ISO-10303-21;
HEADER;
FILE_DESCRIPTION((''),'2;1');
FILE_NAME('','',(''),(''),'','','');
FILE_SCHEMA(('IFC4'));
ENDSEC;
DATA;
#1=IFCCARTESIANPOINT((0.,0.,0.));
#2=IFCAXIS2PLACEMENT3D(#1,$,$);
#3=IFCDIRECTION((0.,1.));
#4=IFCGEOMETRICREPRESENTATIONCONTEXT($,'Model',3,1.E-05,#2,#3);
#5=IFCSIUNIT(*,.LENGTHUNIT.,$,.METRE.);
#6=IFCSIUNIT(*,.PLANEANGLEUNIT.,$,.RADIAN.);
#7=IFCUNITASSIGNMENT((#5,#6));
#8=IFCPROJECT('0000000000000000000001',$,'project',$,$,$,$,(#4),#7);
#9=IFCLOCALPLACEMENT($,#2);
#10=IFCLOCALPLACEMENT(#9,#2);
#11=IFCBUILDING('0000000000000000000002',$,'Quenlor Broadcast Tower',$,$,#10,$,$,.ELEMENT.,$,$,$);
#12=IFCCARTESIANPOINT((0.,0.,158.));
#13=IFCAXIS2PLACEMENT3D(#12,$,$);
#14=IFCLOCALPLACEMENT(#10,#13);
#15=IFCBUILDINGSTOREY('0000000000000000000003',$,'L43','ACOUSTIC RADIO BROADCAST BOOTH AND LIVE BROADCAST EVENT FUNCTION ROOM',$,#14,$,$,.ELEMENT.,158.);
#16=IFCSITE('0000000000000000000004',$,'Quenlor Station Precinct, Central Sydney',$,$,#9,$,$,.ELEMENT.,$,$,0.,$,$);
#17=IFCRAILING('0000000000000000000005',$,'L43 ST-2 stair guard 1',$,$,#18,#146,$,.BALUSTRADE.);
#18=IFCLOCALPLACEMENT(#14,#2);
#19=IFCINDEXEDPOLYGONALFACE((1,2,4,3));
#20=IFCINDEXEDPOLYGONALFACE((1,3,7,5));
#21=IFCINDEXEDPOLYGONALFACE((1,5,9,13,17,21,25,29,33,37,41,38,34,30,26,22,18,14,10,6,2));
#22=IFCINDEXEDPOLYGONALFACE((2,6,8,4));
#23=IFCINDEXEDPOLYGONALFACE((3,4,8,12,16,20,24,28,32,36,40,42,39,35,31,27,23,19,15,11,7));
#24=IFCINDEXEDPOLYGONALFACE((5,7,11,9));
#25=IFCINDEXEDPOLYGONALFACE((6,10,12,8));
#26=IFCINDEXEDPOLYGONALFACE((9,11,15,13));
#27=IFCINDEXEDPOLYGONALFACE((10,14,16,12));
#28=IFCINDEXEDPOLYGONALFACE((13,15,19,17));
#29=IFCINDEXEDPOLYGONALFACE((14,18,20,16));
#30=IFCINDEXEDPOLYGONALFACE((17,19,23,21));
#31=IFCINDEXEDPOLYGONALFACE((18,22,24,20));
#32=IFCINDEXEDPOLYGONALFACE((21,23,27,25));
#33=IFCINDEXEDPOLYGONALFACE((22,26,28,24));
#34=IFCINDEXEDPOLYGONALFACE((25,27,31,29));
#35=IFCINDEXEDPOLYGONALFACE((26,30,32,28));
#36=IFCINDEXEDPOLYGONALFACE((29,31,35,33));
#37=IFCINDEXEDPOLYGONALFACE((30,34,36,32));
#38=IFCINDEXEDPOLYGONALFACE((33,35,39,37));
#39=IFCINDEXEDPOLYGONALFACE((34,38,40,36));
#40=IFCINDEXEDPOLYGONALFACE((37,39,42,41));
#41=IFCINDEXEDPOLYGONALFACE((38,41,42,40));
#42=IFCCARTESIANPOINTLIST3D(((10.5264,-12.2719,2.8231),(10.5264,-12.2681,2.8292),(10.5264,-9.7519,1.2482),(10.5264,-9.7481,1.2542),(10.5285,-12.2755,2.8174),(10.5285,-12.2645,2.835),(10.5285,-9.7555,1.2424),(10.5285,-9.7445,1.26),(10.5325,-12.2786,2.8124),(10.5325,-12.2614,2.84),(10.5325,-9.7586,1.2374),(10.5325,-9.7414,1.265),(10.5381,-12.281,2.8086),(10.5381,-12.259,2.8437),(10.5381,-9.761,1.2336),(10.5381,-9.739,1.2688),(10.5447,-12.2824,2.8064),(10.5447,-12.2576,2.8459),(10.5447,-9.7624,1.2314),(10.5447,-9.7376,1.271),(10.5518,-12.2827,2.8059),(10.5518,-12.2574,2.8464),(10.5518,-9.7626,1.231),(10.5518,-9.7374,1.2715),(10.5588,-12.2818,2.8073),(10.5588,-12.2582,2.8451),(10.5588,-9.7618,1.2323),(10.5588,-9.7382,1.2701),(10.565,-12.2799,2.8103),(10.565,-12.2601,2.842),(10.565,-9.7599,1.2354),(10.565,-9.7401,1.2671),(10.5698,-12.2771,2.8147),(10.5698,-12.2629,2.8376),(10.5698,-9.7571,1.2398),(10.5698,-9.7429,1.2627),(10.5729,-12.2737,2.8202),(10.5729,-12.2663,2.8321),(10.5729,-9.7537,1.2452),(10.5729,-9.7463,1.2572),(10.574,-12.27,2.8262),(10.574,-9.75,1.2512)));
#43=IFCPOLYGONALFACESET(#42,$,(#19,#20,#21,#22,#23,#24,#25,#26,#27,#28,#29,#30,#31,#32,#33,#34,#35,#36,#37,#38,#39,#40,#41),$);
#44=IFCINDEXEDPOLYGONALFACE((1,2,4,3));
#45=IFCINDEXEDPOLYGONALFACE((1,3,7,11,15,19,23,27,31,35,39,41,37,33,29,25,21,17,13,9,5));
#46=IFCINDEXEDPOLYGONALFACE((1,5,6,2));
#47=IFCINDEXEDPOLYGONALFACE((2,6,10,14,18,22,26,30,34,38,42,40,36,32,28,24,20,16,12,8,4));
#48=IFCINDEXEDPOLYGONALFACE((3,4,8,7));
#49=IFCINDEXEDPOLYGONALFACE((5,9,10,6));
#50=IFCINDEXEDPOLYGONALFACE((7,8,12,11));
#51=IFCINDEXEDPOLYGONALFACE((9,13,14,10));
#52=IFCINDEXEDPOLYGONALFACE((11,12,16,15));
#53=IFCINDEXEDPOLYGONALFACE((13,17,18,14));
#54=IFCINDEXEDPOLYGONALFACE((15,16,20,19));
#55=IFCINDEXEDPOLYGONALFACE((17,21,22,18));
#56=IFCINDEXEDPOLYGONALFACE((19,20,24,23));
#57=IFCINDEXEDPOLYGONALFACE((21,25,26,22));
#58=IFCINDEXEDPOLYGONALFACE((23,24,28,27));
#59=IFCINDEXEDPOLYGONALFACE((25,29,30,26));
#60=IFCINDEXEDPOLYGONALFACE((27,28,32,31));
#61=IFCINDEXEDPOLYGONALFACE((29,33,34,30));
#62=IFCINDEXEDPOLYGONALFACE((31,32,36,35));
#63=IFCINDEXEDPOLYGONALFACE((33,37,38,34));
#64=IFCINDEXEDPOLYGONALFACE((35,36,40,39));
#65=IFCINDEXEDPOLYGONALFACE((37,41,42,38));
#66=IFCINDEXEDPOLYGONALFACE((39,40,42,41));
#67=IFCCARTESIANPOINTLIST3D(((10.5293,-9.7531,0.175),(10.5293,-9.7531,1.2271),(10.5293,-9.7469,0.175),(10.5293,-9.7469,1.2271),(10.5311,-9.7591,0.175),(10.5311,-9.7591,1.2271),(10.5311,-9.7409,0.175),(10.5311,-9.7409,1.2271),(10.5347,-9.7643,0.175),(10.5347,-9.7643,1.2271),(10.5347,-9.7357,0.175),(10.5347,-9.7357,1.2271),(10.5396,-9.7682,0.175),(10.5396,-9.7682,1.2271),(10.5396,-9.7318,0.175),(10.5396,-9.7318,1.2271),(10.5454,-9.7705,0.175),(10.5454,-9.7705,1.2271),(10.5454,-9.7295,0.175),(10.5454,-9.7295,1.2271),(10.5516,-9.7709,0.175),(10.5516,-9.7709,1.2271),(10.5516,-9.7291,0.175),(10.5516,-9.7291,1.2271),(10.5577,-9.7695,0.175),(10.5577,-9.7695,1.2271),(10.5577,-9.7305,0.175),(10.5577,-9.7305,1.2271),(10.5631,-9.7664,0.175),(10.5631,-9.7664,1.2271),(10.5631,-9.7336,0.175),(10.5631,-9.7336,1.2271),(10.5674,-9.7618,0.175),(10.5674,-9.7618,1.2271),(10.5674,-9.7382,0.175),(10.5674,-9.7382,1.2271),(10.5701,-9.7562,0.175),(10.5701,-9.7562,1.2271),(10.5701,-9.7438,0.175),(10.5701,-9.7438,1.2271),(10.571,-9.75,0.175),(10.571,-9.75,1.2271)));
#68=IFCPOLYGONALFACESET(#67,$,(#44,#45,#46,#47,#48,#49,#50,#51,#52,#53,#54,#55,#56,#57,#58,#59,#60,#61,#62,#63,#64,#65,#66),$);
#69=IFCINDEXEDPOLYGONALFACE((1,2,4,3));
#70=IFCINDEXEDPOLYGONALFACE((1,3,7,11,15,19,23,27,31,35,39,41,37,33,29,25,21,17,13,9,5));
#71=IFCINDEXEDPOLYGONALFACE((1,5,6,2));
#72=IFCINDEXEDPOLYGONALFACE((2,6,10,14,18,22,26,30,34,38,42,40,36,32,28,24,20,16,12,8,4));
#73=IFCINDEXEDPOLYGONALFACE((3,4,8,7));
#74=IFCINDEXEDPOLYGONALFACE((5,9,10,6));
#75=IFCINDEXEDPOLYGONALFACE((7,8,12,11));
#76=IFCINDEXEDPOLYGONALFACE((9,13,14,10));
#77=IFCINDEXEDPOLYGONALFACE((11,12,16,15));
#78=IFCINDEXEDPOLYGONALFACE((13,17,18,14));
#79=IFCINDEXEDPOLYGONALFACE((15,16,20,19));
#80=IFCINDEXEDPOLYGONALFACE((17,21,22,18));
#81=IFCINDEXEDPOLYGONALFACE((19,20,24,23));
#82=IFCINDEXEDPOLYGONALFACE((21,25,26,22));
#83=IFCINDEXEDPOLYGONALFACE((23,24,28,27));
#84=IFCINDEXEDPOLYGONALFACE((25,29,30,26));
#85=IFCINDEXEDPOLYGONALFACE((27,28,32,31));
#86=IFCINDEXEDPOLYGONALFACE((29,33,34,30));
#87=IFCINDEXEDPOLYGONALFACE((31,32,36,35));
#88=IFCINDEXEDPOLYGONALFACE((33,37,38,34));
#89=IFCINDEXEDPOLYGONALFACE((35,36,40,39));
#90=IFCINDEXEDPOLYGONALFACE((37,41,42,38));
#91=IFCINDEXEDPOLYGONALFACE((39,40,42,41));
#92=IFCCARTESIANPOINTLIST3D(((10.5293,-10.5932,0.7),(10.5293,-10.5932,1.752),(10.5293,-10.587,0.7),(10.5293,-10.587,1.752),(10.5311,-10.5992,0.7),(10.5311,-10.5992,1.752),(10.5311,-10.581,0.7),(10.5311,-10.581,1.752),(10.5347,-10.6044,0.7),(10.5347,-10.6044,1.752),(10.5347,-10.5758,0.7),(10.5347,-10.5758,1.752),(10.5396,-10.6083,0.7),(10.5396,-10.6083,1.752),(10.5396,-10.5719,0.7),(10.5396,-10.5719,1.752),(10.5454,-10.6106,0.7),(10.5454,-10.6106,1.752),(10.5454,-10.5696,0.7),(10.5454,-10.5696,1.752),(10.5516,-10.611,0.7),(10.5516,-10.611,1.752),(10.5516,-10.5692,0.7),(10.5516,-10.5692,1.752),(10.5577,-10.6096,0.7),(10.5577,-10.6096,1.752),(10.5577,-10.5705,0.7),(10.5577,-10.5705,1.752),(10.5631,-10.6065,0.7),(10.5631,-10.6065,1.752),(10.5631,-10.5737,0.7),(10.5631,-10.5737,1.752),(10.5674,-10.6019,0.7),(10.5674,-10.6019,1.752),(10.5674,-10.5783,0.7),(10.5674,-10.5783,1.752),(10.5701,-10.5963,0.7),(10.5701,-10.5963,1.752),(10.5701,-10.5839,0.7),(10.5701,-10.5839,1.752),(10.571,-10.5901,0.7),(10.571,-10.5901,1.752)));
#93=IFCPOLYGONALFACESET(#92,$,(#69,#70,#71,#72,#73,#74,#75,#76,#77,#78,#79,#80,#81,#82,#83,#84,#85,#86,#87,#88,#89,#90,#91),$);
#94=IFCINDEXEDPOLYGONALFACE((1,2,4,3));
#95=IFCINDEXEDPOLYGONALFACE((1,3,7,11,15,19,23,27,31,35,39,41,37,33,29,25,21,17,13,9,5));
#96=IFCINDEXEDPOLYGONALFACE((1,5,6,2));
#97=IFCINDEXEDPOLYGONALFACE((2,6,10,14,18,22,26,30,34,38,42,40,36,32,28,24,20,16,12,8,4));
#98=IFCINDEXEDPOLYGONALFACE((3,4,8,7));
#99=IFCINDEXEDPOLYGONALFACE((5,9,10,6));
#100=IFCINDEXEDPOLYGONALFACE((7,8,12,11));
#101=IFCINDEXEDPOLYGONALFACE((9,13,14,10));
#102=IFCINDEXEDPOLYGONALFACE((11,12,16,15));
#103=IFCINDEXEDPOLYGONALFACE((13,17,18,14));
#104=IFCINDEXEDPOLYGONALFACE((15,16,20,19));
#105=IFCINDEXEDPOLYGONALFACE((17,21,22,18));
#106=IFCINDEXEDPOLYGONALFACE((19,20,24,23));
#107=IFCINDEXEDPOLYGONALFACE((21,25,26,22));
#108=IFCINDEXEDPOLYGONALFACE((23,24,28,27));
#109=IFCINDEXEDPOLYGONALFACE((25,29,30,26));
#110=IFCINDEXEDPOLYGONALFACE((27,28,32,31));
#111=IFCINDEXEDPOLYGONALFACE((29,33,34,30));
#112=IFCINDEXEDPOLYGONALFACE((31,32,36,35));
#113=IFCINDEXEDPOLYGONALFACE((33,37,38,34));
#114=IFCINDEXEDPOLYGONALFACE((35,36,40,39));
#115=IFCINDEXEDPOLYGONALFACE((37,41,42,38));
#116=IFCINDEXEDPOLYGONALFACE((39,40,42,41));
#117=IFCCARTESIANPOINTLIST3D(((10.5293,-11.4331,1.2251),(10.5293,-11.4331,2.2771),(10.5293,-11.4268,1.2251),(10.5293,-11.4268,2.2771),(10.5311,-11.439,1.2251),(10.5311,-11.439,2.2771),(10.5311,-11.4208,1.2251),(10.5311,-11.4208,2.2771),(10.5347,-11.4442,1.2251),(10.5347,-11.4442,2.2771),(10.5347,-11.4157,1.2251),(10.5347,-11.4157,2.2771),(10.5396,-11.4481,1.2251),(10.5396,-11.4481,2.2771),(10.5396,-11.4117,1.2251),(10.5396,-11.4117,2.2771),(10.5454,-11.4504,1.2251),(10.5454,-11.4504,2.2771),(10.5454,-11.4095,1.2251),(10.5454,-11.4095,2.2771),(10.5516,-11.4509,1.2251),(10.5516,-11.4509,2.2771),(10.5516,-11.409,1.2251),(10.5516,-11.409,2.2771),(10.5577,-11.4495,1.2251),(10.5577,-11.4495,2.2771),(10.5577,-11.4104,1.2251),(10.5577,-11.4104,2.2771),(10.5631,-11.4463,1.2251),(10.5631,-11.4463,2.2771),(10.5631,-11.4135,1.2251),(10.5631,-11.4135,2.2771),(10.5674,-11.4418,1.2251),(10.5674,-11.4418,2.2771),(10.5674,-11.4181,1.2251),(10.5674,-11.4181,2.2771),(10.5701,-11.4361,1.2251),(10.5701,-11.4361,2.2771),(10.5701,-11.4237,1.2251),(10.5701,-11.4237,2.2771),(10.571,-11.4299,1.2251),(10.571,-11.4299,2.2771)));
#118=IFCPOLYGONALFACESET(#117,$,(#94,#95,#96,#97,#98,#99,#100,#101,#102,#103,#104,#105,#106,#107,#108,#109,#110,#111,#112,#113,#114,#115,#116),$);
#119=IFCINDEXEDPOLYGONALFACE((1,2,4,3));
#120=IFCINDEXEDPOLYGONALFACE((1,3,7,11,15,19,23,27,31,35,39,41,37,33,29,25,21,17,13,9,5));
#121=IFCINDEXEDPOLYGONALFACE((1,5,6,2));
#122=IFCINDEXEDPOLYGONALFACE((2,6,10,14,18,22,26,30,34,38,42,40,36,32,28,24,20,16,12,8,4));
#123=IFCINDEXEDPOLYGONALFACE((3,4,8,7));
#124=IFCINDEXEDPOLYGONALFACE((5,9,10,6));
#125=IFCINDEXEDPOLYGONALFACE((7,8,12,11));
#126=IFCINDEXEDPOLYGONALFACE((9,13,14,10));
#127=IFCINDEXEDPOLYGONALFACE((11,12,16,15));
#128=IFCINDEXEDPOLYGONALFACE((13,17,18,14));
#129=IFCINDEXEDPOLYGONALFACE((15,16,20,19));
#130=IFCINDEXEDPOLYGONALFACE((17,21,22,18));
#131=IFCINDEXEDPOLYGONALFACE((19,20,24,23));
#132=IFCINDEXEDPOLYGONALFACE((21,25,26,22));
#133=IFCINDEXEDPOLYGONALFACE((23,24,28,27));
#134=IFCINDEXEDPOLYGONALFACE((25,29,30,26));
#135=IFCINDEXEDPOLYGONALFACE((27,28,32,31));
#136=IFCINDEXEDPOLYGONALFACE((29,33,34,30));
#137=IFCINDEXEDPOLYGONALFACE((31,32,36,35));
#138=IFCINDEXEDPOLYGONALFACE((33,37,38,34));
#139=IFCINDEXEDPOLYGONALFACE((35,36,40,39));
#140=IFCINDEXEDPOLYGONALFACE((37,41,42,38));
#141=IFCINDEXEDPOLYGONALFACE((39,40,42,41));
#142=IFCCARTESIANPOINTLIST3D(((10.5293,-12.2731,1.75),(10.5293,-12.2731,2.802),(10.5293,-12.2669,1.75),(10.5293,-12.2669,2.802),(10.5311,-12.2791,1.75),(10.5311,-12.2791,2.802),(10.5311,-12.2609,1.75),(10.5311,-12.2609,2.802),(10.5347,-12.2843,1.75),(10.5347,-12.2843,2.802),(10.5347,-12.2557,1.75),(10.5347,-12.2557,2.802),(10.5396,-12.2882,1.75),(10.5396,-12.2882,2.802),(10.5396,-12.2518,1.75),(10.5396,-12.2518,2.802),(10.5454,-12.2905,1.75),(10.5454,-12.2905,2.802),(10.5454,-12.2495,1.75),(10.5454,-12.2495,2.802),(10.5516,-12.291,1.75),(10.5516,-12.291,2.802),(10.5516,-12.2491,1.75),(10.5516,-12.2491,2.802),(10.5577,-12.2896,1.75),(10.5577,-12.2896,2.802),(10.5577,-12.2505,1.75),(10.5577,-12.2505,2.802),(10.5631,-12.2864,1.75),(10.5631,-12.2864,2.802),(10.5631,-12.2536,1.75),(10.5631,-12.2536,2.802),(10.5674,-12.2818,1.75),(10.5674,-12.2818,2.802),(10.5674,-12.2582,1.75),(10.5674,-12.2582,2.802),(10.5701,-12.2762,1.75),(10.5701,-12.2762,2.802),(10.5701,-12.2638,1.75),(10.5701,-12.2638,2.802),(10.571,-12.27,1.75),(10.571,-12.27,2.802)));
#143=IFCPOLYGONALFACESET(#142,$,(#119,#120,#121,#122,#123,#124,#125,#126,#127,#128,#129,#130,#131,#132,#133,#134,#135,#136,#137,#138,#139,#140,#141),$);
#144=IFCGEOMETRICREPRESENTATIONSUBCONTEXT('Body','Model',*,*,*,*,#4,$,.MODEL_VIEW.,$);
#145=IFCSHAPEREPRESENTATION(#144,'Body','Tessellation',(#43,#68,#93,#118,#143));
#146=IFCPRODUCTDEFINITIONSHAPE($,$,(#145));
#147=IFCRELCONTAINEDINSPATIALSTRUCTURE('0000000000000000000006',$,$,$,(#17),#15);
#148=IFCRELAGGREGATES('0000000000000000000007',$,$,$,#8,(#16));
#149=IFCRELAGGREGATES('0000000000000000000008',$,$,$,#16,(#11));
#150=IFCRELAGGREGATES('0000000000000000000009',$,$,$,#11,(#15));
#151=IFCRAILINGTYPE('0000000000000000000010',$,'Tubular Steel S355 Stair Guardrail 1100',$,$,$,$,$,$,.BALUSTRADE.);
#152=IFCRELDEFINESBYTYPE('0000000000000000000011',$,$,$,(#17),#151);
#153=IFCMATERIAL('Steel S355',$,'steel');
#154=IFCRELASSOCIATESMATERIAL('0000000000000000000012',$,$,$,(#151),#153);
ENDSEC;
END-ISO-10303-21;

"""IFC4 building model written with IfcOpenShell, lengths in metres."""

from ifc_helpers import new_model, si_unit, direction, frame, origin, origin_2d, place, context, subcontext, project, spatial, circle, extrude, material, type_object, element, save


model = new_model("IFC4")

# Units and contexts
model_context = context("Model", 3, precision=1e-05, world=origin(), true_north=direction((0.0, 1.0)))
body_context = subcontext(model_context, "Body", "Model", "MODEL_VIEW")
ifc_project = project(units=[si_unit("LENGTHUNIT", "METRE"), si_unit("PLANEANGLEUNIT", "RADIAN")], contexts=[model_context])

# Site, building, storey
site_placement = place(None, origin())
site = spatial("IfcSite", under=ifc_project, at=site_placement, Name="Quenlor Station Precinct, Central Sydney", CompositionType="ELEMENT", RefElevation=0.0)
building_placement = place(site_placement, origin())
building = spatial("IfcBuilding", under=site, at=building_placement, Name="Quenlor Broadcast Tower", CompositionType="ELEMENT")
storey_placement = place(building_placement, frame((0.0, 0.0, 158.0)))
storey = spatial("IfcBuildingStorey", under=building, at=storey_placement, Name="L43", Description="ACOUSTIC RADIO BROADCAST BOOTH AND LIVE BROADCAST EVENT FUNCTION ROOM", CompositionType="ELEMENT", Elevation=158.0)

# Railing
ifc_material_1 = material(Name="Steel S355", Category="steel")
railing_type_1 = type_object("IfcRailingType", Name="Tubular Steel S355 Stair Guardrail 1100", PredefinedType="BALUSTRADE", material=ifc_material_1)
railing_1_placement = place(storey_placement, frame((10.55, -9.75, 0.175)))
element("IfcRailing", 1, at=railing_1_placement, inside=storey, type_object=railing_type_1, Name="L43 ST-2 stair guard 1", PredefinedType="BALUSTRADE", context=body_context, shape_type="SweptSolid", body=[
    extrude(circle(Radius=0.0239, at=origin_2d()), frame((0.0, 0.0, 1.0762), z_axis=(0.0, -0.848008, 0.529984), x_axis=(1.0, 0.0, 0.0)), (0.0, 0.0, 1.0), 2.9717),
    extrude(circle(Radius=0.021, at=origin_2d()), origin(), (0.0, 0.0, 1.0), 1.052),
    extrude(circle(Radius=0.021, at=origin_2d()), frame((0.0, -0.8401, 0.5249)), (0.0, 0.0, 1.0), 1.052),
    extrude(circle(Radius=0.021, at=origin_2d()), frame((0.0, -1.6799, 1.05)), (0.0, 0.0, 1.0), 1.052),
    extrude(circle(Radius=0.021, at=origin_2d()), frame((0.0, -2.52, 1.575)), (0.0, 0.0, 1.0), 1.052),
])

save(model, "model.ifc")
